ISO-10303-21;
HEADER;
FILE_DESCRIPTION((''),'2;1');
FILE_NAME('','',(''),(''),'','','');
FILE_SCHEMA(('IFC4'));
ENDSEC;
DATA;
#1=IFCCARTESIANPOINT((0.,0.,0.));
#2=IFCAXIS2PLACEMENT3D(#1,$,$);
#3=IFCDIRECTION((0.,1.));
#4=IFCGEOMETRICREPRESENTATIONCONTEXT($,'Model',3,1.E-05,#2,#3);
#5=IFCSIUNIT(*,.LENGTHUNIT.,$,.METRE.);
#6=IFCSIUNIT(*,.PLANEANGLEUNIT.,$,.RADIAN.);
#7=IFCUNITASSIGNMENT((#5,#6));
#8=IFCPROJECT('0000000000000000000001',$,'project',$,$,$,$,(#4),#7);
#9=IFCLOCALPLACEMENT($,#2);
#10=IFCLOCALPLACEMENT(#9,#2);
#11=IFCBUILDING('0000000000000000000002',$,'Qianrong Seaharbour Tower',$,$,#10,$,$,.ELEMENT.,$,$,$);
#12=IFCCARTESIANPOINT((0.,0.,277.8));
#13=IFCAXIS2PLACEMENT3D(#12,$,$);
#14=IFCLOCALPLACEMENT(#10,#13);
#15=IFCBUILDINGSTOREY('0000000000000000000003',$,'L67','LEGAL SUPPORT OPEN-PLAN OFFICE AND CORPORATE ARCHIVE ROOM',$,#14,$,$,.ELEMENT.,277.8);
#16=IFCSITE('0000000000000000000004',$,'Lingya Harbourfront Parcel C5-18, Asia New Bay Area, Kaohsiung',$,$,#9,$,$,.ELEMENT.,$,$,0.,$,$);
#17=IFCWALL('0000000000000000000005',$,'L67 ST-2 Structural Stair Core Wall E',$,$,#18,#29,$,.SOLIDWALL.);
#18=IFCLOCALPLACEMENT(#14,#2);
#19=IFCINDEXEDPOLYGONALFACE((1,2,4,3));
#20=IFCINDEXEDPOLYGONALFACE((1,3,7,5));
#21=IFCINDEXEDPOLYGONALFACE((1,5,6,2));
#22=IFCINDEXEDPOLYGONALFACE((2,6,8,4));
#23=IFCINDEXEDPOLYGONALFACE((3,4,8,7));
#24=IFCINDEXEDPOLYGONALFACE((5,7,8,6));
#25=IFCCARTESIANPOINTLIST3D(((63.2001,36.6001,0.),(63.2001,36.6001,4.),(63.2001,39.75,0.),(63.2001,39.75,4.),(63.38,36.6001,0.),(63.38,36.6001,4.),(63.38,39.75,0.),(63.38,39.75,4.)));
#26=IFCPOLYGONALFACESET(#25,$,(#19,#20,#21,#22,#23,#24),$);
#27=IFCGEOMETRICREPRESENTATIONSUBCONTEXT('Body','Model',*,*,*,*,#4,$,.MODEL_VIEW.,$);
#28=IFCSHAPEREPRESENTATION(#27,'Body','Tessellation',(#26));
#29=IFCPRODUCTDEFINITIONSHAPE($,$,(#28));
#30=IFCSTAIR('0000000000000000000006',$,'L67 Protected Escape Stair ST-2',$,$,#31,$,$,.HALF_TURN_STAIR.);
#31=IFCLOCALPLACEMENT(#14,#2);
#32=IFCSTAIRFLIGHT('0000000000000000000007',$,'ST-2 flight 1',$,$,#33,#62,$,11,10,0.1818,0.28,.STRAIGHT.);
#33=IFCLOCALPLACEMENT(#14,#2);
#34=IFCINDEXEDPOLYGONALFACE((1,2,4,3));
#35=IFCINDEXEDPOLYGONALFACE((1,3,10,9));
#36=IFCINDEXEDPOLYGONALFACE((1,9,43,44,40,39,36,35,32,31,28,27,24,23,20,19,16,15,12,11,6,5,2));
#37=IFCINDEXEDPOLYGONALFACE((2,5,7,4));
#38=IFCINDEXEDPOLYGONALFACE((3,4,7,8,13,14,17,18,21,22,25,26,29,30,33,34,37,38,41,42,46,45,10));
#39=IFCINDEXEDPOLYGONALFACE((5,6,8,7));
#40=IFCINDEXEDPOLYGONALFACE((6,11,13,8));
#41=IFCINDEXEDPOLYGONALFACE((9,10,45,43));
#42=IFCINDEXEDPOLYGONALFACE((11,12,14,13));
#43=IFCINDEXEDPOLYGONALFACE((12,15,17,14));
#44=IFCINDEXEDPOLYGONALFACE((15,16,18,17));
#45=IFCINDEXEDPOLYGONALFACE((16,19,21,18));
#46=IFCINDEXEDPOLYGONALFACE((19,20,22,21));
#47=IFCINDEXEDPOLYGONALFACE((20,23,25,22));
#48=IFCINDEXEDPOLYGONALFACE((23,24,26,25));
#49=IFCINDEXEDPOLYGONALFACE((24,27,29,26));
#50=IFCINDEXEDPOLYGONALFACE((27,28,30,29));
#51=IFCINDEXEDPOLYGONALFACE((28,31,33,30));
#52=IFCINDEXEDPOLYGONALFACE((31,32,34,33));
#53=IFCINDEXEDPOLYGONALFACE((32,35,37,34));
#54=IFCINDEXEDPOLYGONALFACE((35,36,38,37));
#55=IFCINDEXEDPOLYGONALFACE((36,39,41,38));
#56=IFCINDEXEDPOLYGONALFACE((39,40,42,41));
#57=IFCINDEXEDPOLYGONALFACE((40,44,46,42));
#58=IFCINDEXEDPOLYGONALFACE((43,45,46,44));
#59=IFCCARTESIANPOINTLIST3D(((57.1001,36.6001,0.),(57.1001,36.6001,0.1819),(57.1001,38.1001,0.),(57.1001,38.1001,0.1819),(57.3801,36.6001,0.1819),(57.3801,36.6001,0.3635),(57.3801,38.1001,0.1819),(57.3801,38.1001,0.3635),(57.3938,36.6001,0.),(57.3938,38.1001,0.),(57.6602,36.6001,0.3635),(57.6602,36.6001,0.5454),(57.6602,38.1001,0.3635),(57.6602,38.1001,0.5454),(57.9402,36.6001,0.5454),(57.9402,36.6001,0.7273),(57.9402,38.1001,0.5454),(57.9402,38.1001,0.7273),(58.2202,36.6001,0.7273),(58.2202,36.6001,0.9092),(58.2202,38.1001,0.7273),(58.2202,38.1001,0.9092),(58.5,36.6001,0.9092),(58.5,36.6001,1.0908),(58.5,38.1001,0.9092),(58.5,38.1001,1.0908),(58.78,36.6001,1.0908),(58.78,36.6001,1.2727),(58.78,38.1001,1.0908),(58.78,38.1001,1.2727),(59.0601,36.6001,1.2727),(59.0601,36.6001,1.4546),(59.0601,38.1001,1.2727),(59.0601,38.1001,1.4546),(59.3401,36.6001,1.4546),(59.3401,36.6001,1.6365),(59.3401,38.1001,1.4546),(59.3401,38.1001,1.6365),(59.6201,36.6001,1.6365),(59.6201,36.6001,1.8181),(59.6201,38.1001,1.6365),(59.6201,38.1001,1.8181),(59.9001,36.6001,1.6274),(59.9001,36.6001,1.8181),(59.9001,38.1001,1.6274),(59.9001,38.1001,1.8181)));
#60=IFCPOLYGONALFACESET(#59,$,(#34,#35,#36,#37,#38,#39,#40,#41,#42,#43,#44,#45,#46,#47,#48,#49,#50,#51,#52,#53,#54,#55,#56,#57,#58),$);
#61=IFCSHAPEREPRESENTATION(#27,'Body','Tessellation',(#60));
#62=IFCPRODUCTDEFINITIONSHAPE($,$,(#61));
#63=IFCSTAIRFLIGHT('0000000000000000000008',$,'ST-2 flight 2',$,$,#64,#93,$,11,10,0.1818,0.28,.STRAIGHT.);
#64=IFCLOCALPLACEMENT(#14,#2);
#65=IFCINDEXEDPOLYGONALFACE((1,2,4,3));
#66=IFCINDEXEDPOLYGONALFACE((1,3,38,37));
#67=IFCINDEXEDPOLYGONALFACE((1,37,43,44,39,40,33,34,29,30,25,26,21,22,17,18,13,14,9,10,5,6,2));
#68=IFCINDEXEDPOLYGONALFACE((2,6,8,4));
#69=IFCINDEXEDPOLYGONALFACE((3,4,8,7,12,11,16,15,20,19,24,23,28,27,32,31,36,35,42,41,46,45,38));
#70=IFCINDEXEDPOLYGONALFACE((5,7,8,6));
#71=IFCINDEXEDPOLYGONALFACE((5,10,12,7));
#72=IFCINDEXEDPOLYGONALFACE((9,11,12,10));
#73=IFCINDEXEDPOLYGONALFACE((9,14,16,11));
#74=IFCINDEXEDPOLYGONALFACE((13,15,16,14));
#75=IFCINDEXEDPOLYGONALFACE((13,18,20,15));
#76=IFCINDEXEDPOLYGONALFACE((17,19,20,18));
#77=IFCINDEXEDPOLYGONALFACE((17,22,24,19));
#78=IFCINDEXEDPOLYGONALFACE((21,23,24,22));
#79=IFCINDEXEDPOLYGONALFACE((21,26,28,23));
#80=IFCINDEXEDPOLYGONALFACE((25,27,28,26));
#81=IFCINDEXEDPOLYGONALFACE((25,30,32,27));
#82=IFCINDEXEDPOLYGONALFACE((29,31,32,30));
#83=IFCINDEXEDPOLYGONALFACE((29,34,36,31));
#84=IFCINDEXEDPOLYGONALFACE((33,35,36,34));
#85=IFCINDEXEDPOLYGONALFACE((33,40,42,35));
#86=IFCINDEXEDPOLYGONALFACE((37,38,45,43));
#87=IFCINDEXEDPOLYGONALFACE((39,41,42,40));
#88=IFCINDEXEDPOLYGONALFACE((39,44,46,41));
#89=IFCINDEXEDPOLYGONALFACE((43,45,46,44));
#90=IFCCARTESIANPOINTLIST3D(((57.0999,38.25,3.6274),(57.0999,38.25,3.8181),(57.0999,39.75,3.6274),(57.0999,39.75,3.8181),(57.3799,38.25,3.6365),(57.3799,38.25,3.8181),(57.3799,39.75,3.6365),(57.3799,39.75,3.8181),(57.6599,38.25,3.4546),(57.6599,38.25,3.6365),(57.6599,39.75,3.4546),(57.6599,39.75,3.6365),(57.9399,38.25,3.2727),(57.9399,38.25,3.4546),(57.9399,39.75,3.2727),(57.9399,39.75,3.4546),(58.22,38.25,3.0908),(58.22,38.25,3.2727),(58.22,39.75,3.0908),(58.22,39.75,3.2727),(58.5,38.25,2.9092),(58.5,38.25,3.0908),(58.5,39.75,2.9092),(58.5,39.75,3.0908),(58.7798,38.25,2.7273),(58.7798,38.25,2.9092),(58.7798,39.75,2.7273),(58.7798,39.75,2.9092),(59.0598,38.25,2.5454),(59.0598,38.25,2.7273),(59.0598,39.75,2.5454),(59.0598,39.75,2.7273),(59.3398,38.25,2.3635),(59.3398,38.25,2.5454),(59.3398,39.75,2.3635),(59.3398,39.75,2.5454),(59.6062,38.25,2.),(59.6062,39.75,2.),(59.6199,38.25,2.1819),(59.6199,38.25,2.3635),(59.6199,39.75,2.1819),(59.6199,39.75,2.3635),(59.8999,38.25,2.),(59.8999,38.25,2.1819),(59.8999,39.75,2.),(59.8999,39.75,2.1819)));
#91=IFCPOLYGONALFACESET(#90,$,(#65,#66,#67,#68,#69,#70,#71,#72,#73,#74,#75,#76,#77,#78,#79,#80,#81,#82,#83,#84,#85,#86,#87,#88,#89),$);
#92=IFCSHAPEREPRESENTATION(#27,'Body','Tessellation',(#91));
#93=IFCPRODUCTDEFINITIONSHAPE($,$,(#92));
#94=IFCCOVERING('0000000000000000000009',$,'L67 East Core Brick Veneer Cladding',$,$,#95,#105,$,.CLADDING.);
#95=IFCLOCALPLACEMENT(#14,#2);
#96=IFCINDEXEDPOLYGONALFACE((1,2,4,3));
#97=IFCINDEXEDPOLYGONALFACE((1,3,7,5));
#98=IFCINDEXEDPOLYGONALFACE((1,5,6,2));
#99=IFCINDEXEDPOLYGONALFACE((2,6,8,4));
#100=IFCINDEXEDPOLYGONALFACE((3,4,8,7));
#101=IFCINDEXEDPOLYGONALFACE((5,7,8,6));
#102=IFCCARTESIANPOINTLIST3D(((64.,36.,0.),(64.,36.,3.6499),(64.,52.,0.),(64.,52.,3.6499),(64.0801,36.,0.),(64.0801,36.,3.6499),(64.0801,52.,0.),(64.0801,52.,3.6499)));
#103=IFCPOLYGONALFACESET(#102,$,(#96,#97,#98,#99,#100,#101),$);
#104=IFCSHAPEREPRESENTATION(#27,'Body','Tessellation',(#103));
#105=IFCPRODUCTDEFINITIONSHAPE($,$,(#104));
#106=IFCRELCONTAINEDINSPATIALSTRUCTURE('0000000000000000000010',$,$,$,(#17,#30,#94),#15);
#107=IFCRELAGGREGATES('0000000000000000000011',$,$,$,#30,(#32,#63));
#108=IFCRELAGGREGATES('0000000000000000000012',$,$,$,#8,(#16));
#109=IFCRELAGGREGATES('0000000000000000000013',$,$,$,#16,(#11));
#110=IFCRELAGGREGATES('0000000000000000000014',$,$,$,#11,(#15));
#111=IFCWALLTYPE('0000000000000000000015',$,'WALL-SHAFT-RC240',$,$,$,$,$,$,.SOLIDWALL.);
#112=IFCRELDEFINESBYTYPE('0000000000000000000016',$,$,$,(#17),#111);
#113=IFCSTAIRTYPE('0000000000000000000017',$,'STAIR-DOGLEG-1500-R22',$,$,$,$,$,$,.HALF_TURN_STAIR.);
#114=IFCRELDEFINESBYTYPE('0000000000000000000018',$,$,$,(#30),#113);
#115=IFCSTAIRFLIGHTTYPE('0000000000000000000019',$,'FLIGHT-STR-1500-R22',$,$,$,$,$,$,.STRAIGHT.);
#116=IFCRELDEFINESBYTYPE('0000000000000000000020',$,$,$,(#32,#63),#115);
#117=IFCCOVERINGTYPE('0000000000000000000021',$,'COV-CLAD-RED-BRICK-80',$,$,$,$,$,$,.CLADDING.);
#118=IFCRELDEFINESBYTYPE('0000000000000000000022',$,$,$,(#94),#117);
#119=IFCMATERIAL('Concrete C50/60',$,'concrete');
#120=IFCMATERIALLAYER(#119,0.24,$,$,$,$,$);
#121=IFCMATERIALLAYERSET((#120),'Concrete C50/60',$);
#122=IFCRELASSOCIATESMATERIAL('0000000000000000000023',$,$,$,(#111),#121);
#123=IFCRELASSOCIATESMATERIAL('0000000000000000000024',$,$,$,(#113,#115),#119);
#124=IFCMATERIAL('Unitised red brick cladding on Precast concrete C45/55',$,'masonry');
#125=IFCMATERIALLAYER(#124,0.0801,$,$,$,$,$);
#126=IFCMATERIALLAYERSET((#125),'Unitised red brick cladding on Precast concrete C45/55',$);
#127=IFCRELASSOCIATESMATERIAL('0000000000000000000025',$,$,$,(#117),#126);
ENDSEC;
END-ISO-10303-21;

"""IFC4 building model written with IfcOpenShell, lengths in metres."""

from ifc_helpers import new_model, si_unit, direction, frame, frame_2d, origin, origin_2d, place, context, subcontext, project, spatial, polyline, rectangle, outline, extrude, material, layer, layer_set, type_object, element, aggregate, save


model = new_model("IFC4")

# Units and contexts
model_context = context("Model", 3, precision=1e-05, world=origin(), true_north=direction((0.0, 1.0)))
body_context = subcontext(model_context, "Body", "Model", "MODEL_VIEW")
ifc_project = project(units=[si_unit("LENGTHUNIT", "METRE"), si_unit("PLANEANGLEUNIT", "RADIAN")], contexts=[model_context])

# Site, building, storey
site_placement = place(None, origin())
site = spatial("IfcSite", under=ifc_project, at=site_placement, Name="Lingya Harbourfront Parcel C5-18, Asia New Bay Area, Kaohsiung", CompositionType="ELEMENT", RefElevation=0.0)
building_placement = place(site_placement, origin())
building = spatial("IfcBuilding", under=site, at=building_placement, Name="Qianrong Seaharbour Tower", CompositionType="ELEMENT")
storey_placement = place(building_placement, frame((0.0, 0.0, 277.8)))
storey = spatial("IfcBuildingStorey", under=building, at=storey_placement, Name="L67", Description="LEGAL SUPPORT OPEN-PLAN OFFICE AND CORPORATE ARCHIVE ROOM", CompositionType="ELEMENT", Elevation=277.8)

# Wall
ifc_material_1 = material(Name="Concrete C50/60", Category="concrete")
ifc_layer_1 = layer(ifc_material_1, 0.24)
ifc_layer_set_1 = layer_set([ifc_layer_1], Name="Concrete C50/60")
wall_type_1 = type_object("IfcWallType", Name="WALL-SHAFT-RC240", PredefinedType="SOLIDWALL", material=ifc_layer_set_1)
wall_1_placement = place(storey_placement, frame((63.29, 36.6001, 0.0), z_axis=(0.0, 0.0, 1.0), x_axis=(0.0, 1.0, 0.0)))
element("IfcWall", 1, at=wall_1_placement, inside=storey, type_object=wall_type_1, Name="L67 ST-2 Structural Stair Core Wall E", PredefinedType="SOLIDWALL", context=body_context, shape_type="SweptSolid", body=[
    extrude(rectangle(XDim=3.1499, YDim=0.1799, at=frame_2d((1.575, 0.0))), origin(), (0.0, 0.0, 1.0), 4.0),
])

# Stair, stair flights
stair_type = type_object("IfcStairType", Name="STAIR-DOGLEG-1500-R22", PredefinedType="HALF_TURN_STAIR", material=ifc_material_1)
stair_placement = place(storey_placement, origin())
stair = element("IfcStair", 2, at=stair_placement, inside=storey, type_object=stair_type, Name="L67 Protected Escape Stair ST-2", PredefinedType="HALF_TURN_STAIR")
stair_flight_type = type_object("IfcStairFlightType", Name="FLIGHT-STR-1500-R22", PredefinedType="STRAIGHT", material=ifc_material_1)
stair_flight_1_placement = place(storey_placement, frame((57.1001, 37.3501, 0.0), z_axis=(0.0, 0.0, 1.0), x_axis=(1.0, 0.0, 0.0)))
stair_flight_1 = element("IfcStairFlight", 3, at=stair_flight_1_placement, type_object=stair_flight_type, Name="ST-2 flight 1", NumberOfRisers=11, NumberOfTreads=10, PredefinedType="STRAIGHT", RiserHeight=0.1818, TreadLength=0.28, context=body_context, shape_type="SweptSolid", body=[
    extrude(outline(polyline([(0.0, 0.0), (0.0, 0.1819), (0.28, 0.1819), (0.28, 0.3635), (0.5601, 0.3635), (0.5601, 0.5454), (0.8401, 0.5454), (0.8401, 0.7273), (1.1201, 0.7273), (1.1201, 0.9092), (1.3999, 0.9092), (1.3999, 1.0908), (1.6799, 1.0908), (1.6799, 1.2727), (1.96, 1.2727), (1.96, 1.4546), (2.24, 1.4546), (2.24, 1.6365), (2.52, 1.6365), (2.52, 1.8181), (2.8, 1.8181), (2.8, 2.0), (2.8, 1.6274), (0.2937, 0.0), (0.0, 0.0)])), frame((0.0, 0.75, 0.0), z_axis=(0.0, -1.0, 0.0), x_axis=(1.0, 0.0, 0.0)), (0.0, 0.0, 1.0), 1.5),
])
stair_flight_2_placement = place(storey_placement, frame((59.8999, 39.0, 2.0), z_axis=(0.0, 0.0, 1.0), x_axis=(-1.0, 0.0, 0.0)))
stair_flight_2 = element("IfcStairFlight", 4, at=stair_flight_2_placement, type_object=stair_flight_type, Name="ST-2 flight 2", NumberOfRisers=11, NumberOfTreads=10, PredefinedType="STRAIGHT", RiserHeight=0.1818, TreadLength=0.28, context=body_context, shape_type="SweptSolid", body=[
    extrude(outline(polyline([(0.0, 0.0), (0.0, 0.1819), (0.28, 0.1819), (0.28, 0.3635), (0.5601, 0.3635), (0.5601, 0.5454), (0.8401, 0.5454), (0.8401, 0.7273), (1.1201, 0.7273), (1.1201, 0.9092), (1.3999, 0.9092), (1.3999, 1.0908), (1.6799, 1.0908), (1.6799, 1.2727), (1.96, 1.2727), (1.96, 1.4546), (2.24, 1.4546), (2.24, 1.6365), (2.52, 1.6365), (2.52, 1.8181), (2.8, 1.8181), (2.8, 2.0), (2.8, 1.6274), (0.2937, 0.0), (0.0, 0.0)])), frame((0.0, 0.75, 0.0), z_axis=(0.0, -1.0, 0.0), x_axis=(1.0, 0.0, 0.0)), (0.0, 0.0, 1.0), 1.5),
])
aggregate(stair, [stair_flight_1, stair_flight_2])

# Covering
ifc_material_2 = material(Name="Unitised red brick cladding on Precast concrete C45/55", Category="masonry")
ifc_layer_2 = layer(ifc_material_2, 0.0801)
ifc_layer_set_2 = layer_set([ifc_layer_2], Name="Unitised red brick cladding on Precast concrete C45/55")
covering_type = type_object("IfcCoveringType", Name="COV-CLAD-RED-BRICK-80", PredefinedType="CLADDING", material=ifc_layer_set_2)
covering_placement = place(storey_placement, frame((64.04, 44.0, 0.0), z_axis=(0.0, 0.0, 1.0), x_axis=(1.0, 0.0, 0.0)))
element("IfcCovering", 5, at=covering_placement, inside=storey, type_object=covering_type, Name="L67 East Core Brick Veneer Cladding", PredefinedType="CLADDING", context=body_context, shape_type="SweptSolid", body=[
    extrude(rectangle(XDim=0.0801, YDim=16.0, at=origin_2d()), origin(), (0.0, 0.0, 1.0), 3.6499),
])

save(model, "model.ifc")
